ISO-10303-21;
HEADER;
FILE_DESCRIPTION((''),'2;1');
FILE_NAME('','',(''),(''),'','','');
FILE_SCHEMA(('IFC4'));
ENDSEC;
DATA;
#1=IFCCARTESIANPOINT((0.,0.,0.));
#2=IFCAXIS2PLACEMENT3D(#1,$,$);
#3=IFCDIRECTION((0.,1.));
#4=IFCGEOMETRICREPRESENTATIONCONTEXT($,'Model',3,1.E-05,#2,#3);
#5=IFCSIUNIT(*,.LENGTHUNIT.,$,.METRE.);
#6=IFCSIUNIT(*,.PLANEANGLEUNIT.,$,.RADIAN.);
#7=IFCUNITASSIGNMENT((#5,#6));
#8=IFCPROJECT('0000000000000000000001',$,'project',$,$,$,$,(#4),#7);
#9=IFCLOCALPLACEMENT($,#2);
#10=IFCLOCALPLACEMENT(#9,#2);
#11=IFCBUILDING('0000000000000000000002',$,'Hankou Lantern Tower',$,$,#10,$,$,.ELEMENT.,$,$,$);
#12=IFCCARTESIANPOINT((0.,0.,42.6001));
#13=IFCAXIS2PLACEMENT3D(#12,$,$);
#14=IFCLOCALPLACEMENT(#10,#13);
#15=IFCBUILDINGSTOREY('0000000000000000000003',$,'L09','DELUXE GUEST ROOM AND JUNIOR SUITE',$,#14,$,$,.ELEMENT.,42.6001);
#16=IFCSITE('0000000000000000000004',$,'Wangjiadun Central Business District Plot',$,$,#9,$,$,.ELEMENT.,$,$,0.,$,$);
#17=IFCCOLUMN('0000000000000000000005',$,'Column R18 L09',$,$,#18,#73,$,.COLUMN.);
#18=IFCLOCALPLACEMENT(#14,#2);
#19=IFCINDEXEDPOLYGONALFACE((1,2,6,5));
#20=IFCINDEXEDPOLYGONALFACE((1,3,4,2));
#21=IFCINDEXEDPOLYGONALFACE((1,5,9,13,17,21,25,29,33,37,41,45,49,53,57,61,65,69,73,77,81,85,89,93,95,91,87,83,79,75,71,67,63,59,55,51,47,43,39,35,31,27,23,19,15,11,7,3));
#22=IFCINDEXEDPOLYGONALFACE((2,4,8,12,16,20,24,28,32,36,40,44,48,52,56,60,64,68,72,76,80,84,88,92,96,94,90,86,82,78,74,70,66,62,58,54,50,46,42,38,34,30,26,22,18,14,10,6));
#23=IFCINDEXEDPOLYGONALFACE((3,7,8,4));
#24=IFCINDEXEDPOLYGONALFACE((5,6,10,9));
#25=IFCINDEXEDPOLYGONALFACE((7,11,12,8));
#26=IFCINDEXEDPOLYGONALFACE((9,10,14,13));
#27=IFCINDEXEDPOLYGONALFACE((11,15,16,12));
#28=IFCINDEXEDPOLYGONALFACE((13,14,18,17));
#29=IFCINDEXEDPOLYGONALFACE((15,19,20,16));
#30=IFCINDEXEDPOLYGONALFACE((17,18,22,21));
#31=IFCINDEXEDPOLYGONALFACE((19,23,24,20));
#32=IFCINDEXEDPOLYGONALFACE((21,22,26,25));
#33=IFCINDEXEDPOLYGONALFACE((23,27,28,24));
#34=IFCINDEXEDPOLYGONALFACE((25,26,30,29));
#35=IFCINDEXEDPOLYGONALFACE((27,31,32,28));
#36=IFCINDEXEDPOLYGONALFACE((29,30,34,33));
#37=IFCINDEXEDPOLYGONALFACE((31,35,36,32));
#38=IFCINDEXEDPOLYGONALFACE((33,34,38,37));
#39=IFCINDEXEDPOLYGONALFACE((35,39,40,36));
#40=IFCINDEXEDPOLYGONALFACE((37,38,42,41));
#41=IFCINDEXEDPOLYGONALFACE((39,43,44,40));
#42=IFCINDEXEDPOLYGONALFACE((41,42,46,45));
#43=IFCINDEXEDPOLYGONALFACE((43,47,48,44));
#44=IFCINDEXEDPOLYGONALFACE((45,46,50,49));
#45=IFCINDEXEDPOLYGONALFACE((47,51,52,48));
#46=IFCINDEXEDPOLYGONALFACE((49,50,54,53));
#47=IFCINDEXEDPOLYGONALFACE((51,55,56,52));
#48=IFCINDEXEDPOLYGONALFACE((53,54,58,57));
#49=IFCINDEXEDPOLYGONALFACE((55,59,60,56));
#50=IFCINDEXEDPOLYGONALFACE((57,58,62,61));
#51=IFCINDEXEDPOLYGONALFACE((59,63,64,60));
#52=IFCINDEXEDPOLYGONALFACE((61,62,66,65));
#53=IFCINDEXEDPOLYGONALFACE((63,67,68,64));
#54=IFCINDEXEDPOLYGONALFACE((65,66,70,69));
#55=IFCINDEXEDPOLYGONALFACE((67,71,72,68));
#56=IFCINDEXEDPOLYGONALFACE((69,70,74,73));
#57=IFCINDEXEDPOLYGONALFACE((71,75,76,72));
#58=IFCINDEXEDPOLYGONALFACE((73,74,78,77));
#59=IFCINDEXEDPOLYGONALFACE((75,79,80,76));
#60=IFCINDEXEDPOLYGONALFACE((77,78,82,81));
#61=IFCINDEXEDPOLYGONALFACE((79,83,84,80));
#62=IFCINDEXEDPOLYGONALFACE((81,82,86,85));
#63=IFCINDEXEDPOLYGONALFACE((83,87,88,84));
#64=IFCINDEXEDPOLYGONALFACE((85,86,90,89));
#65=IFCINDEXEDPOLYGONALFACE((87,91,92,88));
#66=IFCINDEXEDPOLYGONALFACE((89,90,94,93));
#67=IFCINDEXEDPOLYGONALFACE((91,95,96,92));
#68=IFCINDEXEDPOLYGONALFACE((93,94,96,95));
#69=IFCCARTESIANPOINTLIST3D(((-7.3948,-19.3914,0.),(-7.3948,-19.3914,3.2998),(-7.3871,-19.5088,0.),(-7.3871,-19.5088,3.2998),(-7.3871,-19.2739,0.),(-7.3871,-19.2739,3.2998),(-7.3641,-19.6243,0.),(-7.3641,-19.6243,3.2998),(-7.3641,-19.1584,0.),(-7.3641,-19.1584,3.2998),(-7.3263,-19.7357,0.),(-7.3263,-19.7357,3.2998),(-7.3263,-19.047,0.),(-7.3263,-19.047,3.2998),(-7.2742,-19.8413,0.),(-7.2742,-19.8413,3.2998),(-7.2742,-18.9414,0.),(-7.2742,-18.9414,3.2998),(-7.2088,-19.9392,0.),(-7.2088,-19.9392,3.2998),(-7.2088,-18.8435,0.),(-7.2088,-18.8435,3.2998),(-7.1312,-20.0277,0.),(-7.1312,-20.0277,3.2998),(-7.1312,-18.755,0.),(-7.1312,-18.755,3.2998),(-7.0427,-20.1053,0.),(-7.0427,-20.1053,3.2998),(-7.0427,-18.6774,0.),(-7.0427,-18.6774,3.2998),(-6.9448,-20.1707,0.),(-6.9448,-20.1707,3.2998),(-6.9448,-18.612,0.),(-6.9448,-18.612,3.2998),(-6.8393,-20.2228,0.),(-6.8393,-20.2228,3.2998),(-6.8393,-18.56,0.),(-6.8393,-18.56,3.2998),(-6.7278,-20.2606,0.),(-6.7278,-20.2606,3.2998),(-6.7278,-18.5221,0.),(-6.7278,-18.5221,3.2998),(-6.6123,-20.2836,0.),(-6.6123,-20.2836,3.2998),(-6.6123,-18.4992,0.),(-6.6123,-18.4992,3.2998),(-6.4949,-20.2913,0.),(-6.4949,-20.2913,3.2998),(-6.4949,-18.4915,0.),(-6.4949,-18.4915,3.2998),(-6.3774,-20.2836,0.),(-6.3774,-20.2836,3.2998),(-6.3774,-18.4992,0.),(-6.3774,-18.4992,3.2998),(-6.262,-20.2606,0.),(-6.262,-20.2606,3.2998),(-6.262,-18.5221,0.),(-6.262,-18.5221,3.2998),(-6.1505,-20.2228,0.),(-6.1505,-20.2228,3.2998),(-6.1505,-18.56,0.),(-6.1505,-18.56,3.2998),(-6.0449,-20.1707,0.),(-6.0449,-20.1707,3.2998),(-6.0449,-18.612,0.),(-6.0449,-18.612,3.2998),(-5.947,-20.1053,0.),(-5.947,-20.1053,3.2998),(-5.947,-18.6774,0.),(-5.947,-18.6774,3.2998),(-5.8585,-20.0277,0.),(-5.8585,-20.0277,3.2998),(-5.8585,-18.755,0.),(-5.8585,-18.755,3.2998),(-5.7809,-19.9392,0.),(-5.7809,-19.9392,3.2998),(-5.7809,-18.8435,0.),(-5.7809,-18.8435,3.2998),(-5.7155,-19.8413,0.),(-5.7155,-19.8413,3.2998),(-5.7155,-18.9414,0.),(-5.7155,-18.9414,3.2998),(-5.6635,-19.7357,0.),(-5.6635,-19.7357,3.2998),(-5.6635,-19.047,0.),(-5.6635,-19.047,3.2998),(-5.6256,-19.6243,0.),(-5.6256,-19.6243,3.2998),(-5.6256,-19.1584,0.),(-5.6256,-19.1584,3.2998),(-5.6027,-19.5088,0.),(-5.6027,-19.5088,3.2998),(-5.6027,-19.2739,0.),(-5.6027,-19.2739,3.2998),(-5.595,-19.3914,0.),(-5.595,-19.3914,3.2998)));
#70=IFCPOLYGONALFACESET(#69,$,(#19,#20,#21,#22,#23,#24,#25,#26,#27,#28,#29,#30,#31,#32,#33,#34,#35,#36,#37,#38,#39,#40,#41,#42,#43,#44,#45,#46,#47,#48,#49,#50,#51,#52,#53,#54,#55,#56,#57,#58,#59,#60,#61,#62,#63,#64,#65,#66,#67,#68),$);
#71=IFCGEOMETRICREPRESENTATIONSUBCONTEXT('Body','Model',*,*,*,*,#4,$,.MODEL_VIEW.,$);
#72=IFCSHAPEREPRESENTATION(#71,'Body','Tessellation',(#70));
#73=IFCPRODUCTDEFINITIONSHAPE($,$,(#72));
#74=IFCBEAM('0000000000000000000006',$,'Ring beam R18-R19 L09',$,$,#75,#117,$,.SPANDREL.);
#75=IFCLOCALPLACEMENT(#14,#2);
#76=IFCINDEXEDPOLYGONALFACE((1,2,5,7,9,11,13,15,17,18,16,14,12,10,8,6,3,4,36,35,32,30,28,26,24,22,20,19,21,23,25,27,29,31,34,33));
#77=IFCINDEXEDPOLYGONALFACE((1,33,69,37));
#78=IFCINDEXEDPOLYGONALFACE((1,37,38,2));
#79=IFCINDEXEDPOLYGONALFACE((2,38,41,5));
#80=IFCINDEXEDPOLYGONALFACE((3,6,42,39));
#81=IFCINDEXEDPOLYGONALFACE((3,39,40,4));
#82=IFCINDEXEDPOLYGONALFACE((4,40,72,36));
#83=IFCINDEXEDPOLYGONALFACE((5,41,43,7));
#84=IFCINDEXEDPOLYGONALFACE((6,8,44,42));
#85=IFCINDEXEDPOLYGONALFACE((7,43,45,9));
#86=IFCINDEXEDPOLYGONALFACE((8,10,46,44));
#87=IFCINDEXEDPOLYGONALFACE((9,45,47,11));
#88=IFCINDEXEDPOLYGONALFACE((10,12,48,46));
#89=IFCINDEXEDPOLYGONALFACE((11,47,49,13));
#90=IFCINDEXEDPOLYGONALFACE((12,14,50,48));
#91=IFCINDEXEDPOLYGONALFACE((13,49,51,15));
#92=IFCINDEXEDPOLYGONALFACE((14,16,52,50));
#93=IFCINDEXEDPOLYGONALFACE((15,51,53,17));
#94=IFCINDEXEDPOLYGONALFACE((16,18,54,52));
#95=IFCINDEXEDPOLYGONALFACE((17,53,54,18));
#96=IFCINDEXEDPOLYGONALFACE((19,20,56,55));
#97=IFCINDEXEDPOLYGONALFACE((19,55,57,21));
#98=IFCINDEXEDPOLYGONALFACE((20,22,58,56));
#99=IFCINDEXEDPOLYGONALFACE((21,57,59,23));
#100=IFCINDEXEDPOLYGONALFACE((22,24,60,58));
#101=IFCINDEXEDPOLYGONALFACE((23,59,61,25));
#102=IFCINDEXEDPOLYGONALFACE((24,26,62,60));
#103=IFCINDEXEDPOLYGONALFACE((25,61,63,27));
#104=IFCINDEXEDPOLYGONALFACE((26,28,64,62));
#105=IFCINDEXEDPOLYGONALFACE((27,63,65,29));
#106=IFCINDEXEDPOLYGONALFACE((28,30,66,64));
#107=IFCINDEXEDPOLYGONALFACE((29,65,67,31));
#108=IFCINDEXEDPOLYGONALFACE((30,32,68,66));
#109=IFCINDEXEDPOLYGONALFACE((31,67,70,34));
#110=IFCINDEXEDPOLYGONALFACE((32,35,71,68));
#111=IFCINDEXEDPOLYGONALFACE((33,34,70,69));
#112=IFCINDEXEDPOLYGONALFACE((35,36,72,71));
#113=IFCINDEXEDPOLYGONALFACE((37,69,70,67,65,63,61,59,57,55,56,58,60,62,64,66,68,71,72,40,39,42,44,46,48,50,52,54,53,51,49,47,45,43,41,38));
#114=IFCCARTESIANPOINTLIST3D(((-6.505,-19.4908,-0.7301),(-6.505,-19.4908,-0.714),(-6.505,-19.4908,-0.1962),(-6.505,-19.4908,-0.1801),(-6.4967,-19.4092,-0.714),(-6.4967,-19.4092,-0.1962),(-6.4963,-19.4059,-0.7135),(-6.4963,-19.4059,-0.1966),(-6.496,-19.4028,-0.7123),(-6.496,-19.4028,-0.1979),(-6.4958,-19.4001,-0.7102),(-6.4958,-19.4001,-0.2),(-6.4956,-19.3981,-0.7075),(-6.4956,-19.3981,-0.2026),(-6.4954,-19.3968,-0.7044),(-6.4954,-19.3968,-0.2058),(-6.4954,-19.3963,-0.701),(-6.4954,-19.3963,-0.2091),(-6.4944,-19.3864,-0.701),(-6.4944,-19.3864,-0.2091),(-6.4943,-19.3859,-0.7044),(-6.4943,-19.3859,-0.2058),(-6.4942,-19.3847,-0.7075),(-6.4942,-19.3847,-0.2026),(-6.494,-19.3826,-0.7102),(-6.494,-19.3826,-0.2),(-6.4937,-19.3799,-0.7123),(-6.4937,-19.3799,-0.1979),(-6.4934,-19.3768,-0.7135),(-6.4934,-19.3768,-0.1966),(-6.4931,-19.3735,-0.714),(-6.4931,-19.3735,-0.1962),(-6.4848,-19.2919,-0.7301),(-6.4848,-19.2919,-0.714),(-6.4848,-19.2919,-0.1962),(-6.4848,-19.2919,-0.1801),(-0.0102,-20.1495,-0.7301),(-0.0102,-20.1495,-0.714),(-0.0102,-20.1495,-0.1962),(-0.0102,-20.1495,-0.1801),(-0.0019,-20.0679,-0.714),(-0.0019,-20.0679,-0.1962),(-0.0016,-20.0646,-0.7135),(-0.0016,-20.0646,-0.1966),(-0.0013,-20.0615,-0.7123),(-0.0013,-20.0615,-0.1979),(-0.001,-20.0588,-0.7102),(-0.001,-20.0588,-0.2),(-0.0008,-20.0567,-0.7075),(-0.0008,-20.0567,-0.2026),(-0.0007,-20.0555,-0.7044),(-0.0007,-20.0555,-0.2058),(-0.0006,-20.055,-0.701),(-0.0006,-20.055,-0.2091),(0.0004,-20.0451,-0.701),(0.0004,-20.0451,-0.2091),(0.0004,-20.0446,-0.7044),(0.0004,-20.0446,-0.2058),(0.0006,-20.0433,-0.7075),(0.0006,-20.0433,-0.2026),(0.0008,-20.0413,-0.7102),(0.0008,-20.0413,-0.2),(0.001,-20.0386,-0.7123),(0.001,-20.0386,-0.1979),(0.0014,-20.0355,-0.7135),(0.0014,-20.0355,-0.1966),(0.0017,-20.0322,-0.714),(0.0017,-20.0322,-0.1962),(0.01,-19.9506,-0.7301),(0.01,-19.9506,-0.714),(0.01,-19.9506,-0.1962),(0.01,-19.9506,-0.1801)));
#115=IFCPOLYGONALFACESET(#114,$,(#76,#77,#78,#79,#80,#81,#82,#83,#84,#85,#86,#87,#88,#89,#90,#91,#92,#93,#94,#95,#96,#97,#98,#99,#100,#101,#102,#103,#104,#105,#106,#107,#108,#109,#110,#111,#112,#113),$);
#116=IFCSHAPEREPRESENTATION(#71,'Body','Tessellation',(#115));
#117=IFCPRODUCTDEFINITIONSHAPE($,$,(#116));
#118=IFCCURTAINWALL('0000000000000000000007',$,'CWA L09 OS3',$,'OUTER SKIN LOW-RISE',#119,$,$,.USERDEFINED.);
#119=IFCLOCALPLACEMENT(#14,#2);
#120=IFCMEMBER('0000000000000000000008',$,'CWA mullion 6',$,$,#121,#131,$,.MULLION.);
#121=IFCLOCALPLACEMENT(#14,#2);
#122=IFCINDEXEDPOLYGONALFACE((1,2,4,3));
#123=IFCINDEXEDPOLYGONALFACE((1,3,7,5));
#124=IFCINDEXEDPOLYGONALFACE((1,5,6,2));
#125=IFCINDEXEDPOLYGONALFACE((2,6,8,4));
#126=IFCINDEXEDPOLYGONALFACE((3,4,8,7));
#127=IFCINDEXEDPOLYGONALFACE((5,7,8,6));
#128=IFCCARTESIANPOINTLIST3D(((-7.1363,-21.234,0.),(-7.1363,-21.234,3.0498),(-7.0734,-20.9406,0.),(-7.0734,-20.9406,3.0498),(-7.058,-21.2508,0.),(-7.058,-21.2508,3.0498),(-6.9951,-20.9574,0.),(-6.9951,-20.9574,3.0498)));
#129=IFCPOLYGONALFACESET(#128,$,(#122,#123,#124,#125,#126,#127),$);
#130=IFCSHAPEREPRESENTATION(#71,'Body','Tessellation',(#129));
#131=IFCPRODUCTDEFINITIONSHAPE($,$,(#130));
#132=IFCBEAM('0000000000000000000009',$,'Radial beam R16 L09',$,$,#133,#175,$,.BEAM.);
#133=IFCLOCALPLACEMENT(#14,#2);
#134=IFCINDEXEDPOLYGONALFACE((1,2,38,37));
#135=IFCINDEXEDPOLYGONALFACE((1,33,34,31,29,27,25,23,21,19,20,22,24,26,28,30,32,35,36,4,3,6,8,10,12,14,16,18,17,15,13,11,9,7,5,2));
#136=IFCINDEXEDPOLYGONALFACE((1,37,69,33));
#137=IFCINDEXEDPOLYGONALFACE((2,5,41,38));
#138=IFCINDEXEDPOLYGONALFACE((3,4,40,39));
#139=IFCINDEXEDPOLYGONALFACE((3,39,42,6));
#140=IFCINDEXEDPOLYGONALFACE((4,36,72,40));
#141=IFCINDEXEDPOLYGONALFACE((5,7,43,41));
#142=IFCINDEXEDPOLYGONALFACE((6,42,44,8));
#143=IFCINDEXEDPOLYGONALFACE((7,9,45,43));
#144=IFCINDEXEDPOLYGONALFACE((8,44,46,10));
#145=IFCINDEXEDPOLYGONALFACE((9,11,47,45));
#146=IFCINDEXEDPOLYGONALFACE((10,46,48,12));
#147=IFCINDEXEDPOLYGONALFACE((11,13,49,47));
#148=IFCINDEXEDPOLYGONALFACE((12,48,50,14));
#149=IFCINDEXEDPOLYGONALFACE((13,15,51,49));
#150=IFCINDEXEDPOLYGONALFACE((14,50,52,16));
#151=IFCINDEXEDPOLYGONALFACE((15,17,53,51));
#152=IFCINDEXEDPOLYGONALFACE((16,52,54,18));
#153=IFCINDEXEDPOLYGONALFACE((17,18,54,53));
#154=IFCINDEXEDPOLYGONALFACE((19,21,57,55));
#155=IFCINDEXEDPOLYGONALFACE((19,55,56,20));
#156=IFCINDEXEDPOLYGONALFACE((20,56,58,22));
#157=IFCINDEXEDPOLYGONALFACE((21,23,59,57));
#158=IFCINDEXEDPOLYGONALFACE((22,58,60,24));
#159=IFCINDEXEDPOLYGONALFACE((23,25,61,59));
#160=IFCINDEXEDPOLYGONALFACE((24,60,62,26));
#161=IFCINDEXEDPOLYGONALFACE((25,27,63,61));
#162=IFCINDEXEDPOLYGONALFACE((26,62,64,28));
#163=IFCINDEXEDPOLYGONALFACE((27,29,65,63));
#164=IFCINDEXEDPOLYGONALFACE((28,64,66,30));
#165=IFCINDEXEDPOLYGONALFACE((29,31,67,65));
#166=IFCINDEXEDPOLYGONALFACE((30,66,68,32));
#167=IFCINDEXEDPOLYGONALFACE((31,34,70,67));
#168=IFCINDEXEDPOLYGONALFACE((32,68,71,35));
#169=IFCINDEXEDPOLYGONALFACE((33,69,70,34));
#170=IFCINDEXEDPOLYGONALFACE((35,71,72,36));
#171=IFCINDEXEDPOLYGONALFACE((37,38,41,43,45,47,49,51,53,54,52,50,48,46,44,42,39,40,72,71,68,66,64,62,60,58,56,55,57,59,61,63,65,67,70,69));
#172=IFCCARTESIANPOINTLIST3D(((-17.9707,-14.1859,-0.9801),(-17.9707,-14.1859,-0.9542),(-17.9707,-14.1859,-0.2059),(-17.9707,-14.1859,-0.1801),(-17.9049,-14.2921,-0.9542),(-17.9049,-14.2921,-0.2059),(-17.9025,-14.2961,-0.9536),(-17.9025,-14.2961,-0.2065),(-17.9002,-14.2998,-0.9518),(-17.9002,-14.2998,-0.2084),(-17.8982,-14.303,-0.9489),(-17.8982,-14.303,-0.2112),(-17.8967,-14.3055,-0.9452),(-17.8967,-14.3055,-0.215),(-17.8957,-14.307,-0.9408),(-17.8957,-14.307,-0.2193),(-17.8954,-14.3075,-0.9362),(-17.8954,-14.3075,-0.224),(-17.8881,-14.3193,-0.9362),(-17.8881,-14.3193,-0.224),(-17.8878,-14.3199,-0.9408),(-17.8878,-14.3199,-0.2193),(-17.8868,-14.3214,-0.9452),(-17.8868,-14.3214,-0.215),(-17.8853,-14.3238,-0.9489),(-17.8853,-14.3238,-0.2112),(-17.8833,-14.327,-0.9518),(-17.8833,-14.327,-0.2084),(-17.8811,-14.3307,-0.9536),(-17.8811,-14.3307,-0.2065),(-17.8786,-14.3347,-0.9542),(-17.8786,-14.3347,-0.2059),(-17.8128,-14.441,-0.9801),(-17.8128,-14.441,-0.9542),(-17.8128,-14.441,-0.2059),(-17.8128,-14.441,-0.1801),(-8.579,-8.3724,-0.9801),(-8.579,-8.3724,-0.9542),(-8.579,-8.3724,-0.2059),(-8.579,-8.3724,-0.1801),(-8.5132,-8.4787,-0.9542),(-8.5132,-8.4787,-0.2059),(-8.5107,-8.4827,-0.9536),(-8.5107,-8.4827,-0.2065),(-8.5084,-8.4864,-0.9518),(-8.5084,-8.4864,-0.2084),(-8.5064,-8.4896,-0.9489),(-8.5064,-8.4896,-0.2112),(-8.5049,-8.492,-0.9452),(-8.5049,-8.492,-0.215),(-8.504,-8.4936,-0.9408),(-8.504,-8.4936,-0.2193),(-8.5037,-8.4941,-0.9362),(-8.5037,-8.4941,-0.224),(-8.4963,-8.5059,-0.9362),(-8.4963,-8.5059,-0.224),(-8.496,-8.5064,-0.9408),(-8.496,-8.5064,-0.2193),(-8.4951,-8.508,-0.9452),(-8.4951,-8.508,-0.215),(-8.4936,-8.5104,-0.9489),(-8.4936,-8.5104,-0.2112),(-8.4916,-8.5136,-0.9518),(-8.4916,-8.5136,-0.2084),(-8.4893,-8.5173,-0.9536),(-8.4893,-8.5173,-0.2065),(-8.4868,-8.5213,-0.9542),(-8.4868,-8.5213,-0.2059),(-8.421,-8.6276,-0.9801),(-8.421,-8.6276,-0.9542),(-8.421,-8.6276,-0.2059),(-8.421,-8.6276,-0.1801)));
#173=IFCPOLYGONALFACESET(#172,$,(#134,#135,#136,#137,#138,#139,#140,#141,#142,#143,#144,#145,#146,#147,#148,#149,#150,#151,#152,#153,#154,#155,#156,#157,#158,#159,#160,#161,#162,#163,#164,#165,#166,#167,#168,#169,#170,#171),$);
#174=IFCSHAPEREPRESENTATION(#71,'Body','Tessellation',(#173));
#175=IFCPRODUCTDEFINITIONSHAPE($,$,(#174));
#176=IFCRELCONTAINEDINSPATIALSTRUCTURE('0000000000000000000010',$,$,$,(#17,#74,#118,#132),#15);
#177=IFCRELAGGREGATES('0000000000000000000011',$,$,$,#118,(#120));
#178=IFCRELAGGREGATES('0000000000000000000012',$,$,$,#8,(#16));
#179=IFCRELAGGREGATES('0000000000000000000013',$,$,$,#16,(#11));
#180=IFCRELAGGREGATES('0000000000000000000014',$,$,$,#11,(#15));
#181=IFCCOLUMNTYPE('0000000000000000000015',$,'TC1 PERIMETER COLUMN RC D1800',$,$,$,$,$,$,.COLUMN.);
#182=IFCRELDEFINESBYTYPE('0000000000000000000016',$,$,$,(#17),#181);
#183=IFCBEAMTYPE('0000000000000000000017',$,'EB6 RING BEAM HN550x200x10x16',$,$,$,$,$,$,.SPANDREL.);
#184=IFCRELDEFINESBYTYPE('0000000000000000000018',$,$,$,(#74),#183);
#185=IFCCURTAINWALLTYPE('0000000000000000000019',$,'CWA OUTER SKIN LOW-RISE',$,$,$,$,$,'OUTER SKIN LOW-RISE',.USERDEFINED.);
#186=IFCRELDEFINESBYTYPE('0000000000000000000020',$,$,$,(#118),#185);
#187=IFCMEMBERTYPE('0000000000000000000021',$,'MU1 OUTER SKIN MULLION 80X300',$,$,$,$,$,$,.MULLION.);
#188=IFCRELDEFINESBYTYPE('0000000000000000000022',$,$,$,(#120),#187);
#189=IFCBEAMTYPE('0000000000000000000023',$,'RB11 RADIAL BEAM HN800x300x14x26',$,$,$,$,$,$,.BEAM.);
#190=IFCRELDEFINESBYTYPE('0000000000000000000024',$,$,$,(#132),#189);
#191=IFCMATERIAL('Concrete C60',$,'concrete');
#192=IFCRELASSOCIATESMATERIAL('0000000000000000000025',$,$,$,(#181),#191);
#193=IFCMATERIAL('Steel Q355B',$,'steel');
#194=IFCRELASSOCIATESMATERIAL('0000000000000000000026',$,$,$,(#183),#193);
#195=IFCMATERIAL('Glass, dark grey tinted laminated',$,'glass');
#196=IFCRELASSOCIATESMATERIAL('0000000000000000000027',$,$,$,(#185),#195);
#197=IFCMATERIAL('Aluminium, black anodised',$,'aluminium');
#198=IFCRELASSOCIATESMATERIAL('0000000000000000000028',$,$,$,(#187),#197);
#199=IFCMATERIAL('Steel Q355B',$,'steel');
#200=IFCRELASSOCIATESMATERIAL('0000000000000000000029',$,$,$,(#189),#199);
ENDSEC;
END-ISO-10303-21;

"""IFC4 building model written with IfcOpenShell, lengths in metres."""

from ifc_helpers import new_model, si_unit, direction, frame, origin, origin_2d, place, context, subcontext, project, spatial, rectangle, circle, i_section, extrude, material, material_profile, profile_set, type_object, element, aggregate, save


model = new_model("IFC4")

# Units and contexts
model_context = context("Model", 3, precision=1e-05, world=origin(), true_north=direction((0.0, 1.0)))
body_context = subcontext(model_context, "Body", "Model", "MODEL_VIEW")
ifc_project = project(units=[si_unit("LENGTHUNIT", "METRE"), si_unit("PLANEANGLEUNIT", "RADIAN")], contexts=[model_context])

# Site, building, storey
site_placement = place(None, origin())
site = spatial("IfcSite", under=ifc_project, at=site_placement, Name="Wangjiadun Central Business District Plot", CompositionType="ELEMENT", RefElevation=0.0)
building_placement = place(site_placement, origin())
building = spatial("IfcBuilding", under=site, at=building_placement, Name="Hankou Lantern Tower", CompositionType="ELEMENT")
storey_placement = place(building_placement, frame((0.0, 0.0, 42.6001)))
storey = spatial("IfcBuildingStorey", under=building, at=storey_placement, Name="L09", Description="DELUXE GUEST ROOM AND JUNIOR SUITE", CompositionType="ELEMENT", Elevation=42.6001)

# Column
ifc_material_1 = material(Name="Concrete C60", Category="concrete")
ifc_material_profile_1 = material_profile(ifc_material_1, circle(Radius=0.8999, at=origin_2d()), Name="RC D1800")
ifc_profile_set_1 = profile_set([ifc_material_profile_1], Name="Concrete C60")
column_type = type_object("IfcColumnType", Name="TC1 PERIMETER COLUMN RC D1800", PredefinedType="COLUMN", material=ifc_profile_set_1)
column_placement = place(storey_placement, frame((-6.4949, -19.3914, 0.0), z_axis=(0.0, 0.0, 1.0), x_axis=(1.0, 0.0, 0.0)))
element("IfcColumn", 1, at=column_placement, inside=storey, type_object=column_type, Name="Column R18 L09", PredefinedType="COLUMN", context=body_context, shape_type="SweptSolid", body=[
    extrude(circle(Radius=0.8999, at=origin_2d()), origin(), (0.0, 0.0, 1.0), 3.2998),
])

# Beam
ifc_material_2 = material(Name="Steel Q355B", Category="steel")
ifc_material_profile_2 = material_profile(ifc_material_2, i_section(OverallWidth=0.2, OverallDepth=0.55, WebThickness=0.01, FlangeThickness=0.0161, FilletRadius=0.0129, at=origin_2d()), Name="HN550x200x10x16")
ifc_profile_set_2 = profile_set([ifc_material_profile_2], Name="Steel Q355B")
beam_type_1 = type_object("IfcBeamType", Name="EB6 RING BEAM HN550x200x10x16", PredefinedType="SPANDREL", material=ifc_profile_set_2)
beam_1_placement = place(storey_placement, frame((-6.4949, -19.3914, -0.4551), z_axis=(0.994897, -0.1009, 0.0), x_axis=(0.1009, 0.994897, 0.0)))
element("IfcBeam", 2, at=beam_1_placement, inside=storey, type_object=beam_type_1, Name="Ring beam R18-R19 L09", PredefinedType="SPANDREL", context=body_context, shape_type="SweptSolid", body=[
    extrude(i_section(OverallWidth=0.2, OverallDepth=0.55, WebThickness=0.01, FlangeThickness=0.0161, FilletRadius=0.0129, at=origin_2d()), origin(), (0.0, 0.0, 1.0), 6.5281),
])

# Curtain wall, member
ifc_material_3 = material(Name="Glass, dark grey tinted laminated", Category="glass")
curtain_wall_type = type_object("IfcCurtainWallType", Name="CWA OUTER SKIN LOW-RISE", ElementType="OUTER SKIN LOW-RISE", PredefinedType="USERDEFINED", material=ifc_material_3)
curtain_wall_placement = place(storey_placement, origin())
curtain_wall = element("IfcCurtainWall", 3, at=curtain_wall_placement, inside=storey, type_object=curtain_wall_type, Name="CWA L09 OS3", ObjectType="OUTER SKIN LOW-RISE", PredefinedType="USERDEFINED")
ifc_material_4 = material(Name="Aluminium, black anodised", Category="aluminium")
ifc_material_profile_3 = material_profile(ifc_material_4, rectangle(XDim=0.0801, YDim=0.3, at=origin_2d()), Name="MU1 80X300")
ifc_profile_set_3 = profile_set([ifc_material_profile_3], Name="Aluminium, black anodised")
member_type_1 = type_object("IfcMemberType", Name="MU1 OUTER SKIN MULLION 80X300", PredefinedType="MULLION", material=ifc_profile_set_3)
member_1_placement = place(storey_placement, frame((-7.0657, -21.0957, 0.0), z_axis=(0.0, 0.0, 1.0), x_axis=(0.977788, -0.209598, 0.0)))
member_1 = element("IfcMember", 4, at=member_1_placement, type_object=member_type_1, Name="CWA mullion 6", PredefinedType="MULLION", context=body_context, shape_type="SweptSolid", body=[
    extrude(rectangle(XDim=0.0801, YDim=0.3, at=origin_2d()), origin(), (0.0, 0.0, 1.0), 3.0498),
])

# Beam
ifc_material_5 = material(Name="Steel Q355B", Category="steel")
ifc_material_profile_4 = material_profile(ifc_material_5, i_section(OverallWidth=0.3, OverallDepth=0.8, WebThickness=0.0139, FlangeThickness=0.0259, FilletRadius=0.0181, at=origin_2d()), Name="HN800x300x14x26")
ifc_profile_set_4 = profile_set([ifc_material_profile_4], Name="Steel Q355B")
beam_type_2 = type_object("IfcBeamType", Name="RB11 RADIAL BEAM HN800x300x14x26", PredefinedType="BEAM", material=ifc_profile_set_4)
beam_2_placement = place(storey_placement, frame((-8.5, -8.5, -0.5801), z_axis=(-0.850286, -0.52632, 0.0), x_axis=(0.52632, -0.850286, 0.0)))
element("IfcBeam", 5, at=beam_2_placement, inside=storey, type_object=beam_type_2, Name="Radial beam R16 L09", PredefinedType="BEAM", context=body_context, shape_type="SweptSolid", body=[
    extrude(i_section(OverallWidth=0.3, OverallDepth=0.8, WebThickness=0.0139, FlangeThickness=0.0259, FilletRadius=0.0181, at=origin_2d()), origin(), (0.0, 0.0, 1.0), 11.0454),
])

aggregate(curtain_wall, [member_1])

save(model, "model.ifc")
